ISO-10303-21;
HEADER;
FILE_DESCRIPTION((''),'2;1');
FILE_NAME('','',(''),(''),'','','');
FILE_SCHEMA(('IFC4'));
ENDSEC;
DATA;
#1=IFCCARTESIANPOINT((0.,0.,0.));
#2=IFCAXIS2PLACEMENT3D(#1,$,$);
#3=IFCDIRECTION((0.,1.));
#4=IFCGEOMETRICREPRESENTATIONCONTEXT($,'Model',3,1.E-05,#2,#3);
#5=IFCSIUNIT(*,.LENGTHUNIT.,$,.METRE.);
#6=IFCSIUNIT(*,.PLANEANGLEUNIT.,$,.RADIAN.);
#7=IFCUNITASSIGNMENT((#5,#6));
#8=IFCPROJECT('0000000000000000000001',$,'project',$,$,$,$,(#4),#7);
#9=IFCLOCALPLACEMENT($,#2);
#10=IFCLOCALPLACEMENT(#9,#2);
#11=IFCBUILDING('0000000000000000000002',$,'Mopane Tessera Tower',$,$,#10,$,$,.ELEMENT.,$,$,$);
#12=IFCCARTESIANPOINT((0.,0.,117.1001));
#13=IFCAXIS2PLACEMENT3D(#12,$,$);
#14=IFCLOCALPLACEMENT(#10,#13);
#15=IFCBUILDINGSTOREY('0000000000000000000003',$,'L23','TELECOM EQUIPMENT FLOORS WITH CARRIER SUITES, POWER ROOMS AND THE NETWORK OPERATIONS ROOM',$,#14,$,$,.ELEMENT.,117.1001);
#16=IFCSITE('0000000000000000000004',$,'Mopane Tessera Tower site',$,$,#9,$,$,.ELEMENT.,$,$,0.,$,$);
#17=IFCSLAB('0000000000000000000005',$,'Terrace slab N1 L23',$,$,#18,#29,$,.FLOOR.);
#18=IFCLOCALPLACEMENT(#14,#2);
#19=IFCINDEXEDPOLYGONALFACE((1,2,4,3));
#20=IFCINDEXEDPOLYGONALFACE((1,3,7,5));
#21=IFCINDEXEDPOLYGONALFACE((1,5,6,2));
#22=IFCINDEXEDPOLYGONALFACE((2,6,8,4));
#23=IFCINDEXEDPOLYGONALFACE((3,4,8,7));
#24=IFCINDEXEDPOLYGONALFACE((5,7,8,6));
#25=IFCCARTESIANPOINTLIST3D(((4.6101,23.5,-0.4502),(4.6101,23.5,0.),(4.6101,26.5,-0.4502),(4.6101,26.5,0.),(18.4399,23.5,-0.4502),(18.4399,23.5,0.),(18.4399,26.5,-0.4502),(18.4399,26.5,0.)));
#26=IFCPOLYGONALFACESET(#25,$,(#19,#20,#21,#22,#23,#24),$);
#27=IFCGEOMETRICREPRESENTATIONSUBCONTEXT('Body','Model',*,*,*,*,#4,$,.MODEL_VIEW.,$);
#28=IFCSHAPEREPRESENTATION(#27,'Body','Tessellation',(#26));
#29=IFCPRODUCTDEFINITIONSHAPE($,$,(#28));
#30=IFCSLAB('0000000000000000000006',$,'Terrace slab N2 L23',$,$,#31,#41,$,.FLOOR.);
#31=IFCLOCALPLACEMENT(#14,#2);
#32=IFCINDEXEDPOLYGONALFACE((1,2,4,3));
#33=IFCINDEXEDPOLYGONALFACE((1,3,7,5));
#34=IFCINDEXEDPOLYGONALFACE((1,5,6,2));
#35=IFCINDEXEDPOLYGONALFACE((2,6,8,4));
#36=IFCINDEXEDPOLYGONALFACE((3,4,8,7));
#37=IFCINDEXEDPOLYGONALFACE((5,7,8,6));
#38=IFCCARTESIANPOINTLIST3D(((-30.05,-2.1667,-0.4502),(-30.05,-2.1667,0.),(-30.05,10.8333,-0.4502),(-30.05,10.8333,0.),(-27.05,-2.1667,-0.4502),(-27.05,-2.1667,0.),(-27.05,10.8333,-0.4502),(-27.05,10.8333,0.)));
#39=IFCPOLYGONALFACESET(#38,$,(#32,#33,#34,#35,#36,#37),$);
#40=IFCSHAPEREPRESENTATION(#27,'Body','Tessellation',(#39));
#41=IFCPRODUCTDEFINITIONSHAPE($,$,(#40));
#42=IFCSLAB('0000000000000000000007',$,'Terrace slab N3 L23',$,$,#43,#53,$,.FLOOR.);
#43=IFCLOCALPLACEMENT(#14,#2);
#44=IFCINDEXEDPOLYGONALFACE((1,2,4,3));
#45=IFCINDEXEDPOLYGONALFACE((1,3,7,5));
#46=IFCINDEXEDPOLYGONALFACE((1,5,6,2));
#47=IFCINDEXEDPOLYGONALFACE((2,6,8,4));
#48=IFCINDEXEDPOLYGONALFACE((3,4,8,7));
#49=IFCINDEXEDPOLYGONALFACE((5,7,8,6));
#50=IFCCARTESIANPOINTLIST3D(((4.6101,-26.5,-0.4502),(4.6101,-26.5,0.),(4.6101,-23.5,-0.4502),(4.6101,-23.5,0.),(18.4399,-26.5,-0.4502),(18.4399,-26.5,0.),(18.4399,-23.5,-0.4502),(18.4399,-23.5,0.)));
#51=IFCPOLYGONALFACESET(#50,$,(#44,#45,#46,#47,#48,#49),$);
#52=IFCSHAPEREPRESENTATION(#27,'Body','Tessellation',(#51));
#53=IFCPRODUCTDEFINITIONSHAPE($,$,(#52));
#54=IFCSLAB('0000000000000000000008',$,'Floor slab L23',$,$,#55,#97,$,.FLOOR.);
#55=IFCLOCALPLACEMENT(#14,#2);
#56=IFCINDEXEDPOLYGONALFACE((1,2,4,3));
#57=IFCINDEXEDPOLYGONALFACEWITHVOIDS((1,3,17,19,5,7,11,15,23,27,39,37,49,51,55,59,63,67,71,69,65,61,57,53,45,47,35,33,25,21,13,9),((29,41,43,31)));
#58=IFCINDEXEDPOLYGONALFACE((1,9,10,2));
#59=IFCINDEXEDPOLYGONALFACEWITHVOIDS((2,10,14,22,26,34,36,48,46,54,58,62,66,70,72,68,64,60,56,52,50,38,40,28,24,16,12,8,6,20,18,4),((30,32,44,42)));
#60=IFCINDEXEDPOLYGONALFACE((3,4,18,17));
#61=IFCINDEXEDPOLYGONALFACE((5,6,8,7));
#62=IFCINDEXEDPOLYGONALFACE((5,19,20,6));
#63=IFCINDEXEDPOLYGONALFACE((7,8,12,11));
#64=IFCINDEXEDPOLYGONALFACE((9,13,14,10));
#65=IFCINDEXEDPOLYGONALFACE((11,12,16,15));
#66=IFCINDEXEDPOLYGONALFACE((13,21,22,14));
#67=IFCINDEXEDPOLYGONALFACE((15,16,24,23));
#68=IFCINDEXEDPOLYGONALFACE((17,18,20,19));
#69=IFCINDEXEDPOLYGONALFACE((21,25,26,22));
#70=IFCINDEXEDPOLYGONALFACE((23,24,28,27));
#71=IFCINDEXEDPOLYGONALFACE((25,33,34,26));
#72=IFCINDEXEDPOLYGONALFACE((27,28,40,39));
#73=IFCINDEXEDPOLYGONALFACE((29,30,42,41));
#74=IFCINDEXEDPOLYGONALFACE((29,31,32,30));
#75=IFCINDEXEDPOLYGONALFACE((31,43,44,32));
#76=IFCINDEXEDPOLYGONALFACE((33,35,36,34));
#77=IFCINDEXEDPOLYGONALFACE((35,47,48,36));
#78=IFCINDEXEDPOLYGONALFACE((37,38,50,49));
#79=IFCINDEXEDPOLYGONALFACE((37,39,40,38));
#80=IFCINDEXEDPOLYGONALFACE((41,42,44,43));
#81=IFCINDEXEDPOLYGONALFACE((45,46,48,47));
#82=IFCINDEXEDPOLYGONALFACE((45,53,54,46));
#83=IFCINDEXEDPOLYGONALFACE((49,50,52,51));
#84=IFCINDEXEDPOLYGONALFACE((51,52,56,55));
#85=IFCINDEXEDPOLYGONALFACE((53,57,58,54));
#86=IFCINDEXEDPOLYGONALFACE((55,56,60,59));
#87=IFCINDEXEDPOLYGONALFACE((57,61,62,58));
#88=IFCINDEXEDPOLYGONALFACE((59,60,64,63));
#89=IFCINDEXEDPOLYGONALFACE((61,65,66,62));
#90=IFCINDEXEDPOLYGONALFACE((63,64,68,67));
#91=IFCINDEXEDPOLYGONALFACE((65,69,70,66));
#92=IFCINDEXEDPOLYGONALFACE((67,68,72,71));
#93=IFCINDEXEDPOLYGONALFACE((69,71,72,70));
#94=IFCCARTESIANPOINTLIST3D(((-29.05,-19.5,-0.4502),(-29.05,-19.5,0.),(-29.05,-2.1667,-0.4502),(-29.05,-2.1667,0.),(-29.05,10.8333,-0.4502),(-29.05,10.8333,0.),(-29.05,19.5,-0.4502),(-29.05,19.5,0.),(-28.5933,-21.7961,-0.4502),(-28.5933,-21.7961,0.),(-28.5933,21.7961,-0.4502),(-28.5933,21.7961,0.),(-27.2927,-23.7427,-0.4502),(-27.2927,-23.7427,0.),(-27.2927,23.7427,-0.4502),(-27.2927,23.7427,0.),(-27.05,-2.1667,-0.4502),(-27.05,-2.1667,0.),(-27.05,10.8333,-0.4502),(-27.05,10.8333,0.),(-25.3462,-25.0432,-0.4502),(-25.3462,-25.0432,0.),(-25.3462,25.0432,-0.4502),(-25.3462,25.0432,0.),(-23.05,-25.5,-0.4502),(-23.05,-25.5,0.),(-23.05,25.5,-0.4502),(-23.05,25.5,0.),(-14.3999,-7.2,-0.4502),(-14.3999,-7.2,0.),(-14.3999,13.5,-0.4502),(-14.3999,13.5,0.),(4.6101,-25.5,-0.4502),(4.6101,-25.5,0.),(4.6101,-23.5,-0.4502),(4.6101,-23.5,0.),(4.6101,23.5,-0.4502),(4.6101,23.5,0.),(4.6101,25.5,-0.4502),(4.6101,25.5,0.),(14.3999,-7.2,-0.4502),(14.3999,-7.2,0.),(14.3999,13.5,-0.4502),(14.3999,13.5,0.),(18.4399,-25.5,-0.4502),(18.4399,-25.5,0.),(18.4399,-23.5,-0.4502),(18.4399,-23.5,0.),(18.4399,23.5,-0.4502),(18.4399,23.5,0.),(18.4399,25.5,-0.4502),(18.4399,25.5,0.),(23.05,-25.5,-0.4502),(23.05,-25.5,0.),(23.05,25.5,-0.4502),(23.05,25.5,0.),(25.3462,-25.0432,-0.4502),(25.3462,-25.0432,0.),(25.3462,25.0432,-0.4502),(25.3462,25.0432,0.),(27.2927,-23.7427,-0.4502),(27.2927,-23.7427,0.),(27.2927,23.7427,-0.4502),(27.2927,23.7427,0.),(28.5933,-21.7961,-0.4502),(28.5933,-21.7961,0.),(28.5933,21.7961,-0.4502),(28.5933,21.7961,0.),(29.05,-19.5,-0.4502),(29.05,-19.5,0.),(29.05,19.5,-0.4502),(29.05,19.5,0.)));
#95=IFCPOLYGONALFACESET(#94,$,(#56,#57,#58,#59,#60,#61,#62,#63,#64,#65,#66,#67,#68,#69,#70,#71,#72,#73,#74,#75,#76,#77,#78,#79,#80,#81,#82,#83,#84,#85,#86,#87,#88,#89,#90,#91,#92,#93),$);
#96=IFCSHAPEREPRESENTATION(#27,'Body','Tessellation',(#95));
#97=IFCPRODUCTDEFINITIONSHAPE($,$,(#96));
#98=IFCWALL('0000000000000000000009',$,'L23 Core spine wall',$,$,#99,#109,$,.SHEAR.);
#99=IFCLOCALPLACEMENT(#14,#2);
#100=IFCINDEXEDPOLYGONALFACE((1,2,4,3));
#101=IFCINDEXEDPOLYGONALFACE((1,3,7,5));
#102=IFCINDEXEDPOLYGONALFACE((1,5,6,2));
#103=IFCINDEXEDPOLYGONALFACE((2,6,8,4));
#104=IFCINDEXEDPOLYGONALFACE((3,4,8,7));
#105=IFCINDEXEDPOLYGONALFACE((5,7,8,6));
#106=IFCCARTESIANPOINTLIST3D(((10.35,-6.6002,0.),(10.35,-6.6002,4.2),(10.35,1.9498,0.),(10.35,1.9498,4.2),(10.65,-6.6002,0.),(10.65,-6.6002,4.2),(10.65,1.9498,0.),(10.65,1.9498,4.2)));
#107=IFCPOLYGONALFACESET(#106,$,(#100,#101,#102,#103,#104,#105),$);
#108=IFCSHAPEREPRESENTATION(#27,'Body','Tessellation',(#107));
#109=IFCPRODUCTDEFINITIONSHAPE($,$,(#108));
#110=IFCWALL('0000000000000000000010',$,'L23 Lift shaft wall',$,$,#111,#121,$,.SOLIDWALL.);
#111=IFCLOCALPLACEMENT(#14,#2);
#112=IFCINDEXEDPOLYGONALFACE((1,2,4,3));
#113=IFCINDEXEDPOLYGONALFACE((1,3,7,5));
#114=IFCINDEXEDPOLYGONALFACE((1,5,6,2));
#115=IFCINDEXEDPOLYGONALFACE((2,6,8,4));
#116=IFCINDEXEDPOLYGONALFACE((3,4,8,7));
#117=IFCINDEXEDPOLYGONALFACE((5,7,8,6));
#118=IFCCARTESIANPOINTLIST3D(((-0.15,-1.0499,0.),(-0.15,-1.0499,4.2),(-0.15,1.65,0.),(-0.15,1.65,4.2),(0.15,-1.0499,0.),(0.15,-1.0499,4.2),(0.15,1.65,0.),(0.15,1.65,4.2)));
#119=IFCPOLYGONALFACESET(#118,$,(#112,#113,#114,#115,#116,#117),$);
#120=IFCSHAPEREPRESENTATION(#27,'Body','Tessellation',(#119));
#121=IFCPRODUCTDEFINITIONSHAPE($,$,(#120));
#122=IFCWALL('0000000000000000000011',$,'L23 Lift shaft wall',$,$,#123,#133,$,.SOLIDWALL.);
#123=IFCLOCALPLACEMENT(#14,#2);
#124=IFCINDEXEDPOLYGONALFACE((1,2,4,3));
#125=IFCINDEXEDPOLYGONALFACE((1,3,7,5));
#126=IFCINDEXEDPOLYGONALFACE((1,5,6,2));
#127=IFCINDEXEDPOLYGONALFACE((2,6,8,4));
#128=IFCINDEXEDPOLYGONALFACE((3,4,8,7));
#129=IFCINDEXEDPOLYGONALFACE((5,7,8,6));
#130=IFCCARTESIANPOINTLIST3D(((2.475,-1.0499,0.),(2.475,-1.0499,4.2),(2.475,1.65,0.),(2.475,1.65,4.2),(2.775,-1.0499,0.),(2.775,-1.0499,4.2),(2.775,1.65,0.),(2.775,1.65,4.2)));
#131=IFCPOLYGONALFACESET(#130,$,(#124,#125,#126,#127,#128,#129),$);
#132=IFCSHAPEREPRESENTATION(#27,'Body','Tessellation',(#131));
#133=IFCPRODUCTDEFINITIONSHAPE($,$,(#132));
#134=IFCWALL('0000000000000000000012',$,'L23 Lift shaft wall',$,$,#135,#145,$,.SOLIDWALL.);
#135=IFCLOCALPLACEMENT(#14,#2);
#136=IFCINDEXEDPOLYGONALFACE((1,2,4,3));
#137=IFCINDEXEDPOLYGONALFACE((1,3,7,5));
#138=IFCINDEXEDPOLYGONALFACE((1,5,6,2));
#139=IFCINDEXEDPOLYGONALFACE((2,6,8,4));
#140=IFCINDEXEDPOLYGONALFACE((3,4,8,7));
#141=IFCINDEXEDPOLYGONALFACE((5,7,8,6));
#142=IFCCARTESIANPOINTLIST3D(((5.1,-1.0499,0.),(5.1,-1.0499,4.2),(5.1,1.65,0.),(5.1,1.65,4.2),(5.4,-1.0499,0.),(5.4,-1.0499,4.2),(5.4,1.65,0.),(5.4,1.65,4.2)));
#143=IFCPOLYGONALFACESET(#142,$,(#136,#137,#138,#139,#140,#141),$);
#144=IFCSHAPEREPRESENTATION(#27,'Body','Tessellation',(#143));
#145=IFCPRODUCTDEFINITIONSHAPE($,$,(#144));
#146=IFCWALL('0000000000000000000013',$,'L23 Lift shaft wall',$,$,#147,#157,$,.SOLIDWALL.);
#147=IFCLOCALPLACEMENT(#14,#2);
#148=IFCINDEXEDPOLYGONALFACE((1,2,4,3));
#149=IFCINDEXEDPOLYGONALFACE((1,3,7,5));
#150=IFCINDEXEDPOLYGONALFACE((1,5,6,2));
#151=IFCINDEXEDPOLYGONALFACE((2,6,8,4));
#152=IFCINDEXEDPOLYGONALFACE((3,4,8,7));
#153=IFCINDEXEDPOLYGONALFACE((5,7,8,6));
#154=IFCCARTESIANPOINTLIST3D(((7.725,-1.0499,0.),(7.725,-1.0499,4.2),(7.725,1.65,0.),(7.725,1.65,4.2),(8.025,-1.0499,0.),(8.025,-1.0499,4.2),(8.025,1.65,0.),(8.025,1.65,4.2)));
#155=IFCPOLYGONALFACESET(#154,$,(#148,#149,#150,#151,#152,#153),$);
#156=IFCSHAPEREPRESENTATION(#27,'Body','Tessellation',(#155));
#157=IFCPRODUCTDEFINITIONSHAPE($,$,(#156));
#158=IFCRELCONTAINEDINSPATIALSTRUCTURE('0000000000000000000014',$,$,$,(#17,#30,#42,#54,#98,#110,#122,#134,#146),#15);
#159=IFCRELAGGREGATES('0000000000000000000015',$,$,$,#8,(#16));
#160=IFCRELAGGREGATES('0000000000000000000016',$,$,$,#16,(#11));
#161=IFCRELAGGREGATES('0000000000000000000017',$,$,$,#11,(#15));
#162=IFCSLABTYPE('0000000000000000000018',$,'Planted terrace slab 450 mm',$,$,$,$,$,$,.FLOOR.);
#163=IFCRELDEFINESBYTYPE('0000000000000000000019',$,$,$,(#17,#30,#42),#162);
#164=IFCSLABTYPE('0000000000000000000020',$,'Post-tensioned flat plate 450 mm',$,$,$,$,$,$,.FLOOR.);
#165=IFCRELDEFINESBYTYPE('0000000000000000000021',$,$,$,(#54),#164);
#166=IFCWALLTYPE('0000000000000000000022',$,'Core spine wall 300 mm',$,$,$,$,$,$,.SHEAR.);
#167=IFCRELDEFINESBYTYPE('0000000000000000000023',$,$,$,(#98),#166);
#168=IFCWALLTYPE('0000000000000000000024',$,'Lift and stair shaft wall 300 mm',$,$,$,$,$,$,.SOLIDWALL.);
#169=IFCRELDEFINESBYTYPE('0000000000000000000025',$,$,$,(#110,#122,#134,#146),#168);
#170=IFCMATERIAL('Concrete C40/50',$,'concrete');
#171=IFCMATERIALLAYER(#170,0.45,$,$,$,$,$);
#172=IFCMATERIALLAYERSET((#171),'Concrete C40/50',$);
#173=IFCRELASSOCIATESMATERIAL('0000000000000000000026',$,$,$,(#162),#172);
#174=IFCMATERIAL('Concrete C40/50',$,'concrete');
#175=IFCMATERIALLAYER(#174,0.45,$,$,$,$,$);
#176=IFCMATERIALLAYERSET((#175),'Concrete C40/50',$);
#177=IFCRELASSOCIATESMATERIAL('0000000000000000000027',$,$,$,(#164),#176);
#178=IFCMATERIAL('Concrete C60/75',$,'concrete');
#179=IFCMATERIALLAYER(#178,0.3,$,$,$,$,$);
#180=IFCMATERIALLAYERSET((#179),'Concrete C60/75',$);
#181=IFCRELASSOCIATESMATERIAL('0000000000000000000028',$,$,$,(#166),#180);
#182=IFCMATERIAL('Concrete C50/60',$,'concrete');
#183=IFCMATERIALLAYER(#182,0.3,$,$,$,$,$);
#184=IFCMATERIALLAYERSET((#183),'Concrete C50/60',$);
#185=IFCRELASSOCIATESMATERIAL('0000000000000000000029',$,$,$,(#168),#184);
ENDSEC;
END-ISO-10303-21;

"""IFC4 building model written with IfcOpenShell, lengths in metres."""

from ifc_helpers import new_model, si_unit, direction, frame, frame_2d, origin, place, context, subcontext, project, spatial, polyline, rectangle, outline, extrude, material, layer, layer_set, type_object, element, save


model = new_model("IFC4")

# Units and contexts
model_context = context("Model", 3, precision=1e-05, world=origin(), true_north=direction((0.0, 1.0)))
body_context = subcontext(model_context, "Body", "Model", "MODEL_VIEW")
ifc_project = project(units=[si_unit("LENGTHUNIT", "METRE"), si_unit("PLANEANGLEUNIT", "RADIAN")], contexts=[model_context])

# Site, building, storey
site_placement = place(None, origin())
site = spatial("IfcSite", under=ifc_project, at=site_placement, Name="Mopane Tessera Tower site", CompositionType="ELEMENT", RefElevation=0.0)
building_placement = place(site_placement, origin())
building = spatial("IfcBuilding", under=site, at=building_placement, Name="Mopane Tessera Tower", CompositionType="ELEMENT")
storey_placement = place(building_placement, frame((0.0, 0.0, 117.1001)))
storey = spatial("IfcBuildingStorey", under=building, at=storey_placement, Name="L23", Description="TELECOM EQUIPMENT FLOORS WITH CARRIER SUITES, POWER ROOMS AND THE NETWORK OPERATIONS ROOM", CompositionType="ELEMENT", Elevation=117.1001)

# Slabs
ifc_material_1 = material(Name="Concrete C40/50", Category="concrete")
ifc_layer_1 = layer(ifc_material_1, 0.45)
ifc_layer_set_1 = layer_set([ifc_layer_1], Name="Concrete C40/50")
slab_type_1 = type_object("IfcSlabType", Name="Planted terrace slab 450 mm", PredefinedType="FLOOR", material=ifc_layer_set_1)
slab_1_placement = place(storey_placement, frame((0.0, 0.0, -0.4502)))
element("IfcSlab", 1, at=slab_1_placement, inside=storey, type_object=slab_type_1, Name="Terrace slab N1 L23", PredefinedType="FLOOR", context=body_context, shape_type="SweptSolid", body=[
    extrude(outline(polyline([(4.6101, 26.5), (4.6101, 23.5), (18.4399, 23.5), (18.4399, 26.5), (4.6101, 26.5)])), origin(), (0.0, 0.0, 1.0), 0.4502),
])
slab_2_placement = place(storey_placement, frame((0.0, 0.0, -0.4502)))
element("IfcSlab", 2, at=slab_2_placement, inside=storey, type_object=slab_type_1, Name="Terrace slab N2 L23", PredefinedType="FLOOR", context=body_context, shape_type="SweptSolid", body=[
    extrude(outline(polyline([(-30.05, -2.1667), (-27.05, -2.1667), (-27.05, 10.8333), (-30.05, 10.8333), (-30.05, -2.1667)])), origin(), (0.0, 0.0, 1.0), 0.4502),
])
slab_3_placement = place(storey_placement, frame((0.0, 0.0, -0.4502)))
element("IfcSlab", 3, at=slab_3_placement, inside=storey, type_object=slab_type_1, Name="Terrace slab N3 L23", PredefinedType="FLOOR", context=body_context, shape_type="SweptSolid", body=[
    extrude(outline(polyline([(18.4399, -26.5), (18.4399, -23.5), (4.6101, -23.5), (4.6101, -26.5), (18.4399, -26.5)])), origin(), (0.0, 0.0, 1.0), 0.4502),
])
ifc_material_2 = material(Name="Concrete C40/50", Category="concrete")
ifc_layer_2 = layer(ifc_material_2, 0.45)
ifc_layer_set_2 = layer_set([ifc_layer_2], Name="Concrete C40/50")
slab_type_2 = type_object("IfcSlabType", Name="Post-tensioned flat plate 450 mm", PredefinedType="FLOOR", material=ifc_layer_set_2)
slab_4_placement = place(storey_placement, frame((0.0, 0.0, -0.4502)))
element("IfcSlab", 4, at=slab_4_placement, inside=storey, type_object=slab_type_2, Name="Floor slab L23", PredefinedType="FLOOR", context=body_context, shape_type="SweptSolid", body=[
    extrude(outline(polyline([(-23.05, -25.5), (4.6101, -25.5), (4.6101, -23.5), (18.4399, -23.5), (18.4399, -25.5), (23.05, -25.5), (25.3462, -25.0432), (27.2927, -23.7427), (28.5933, -21.7961), (29.05, -19.5), (29.05, 19.5), (28.5933, 21.7961), (27.2927, 23.7427), (25.3462, 25.0432), (23.05, 25.5), (18.4399, 25.5), (18.4399, 23.5), (4.6101, 23.5), (4.6101, 25.5), (-23.05, 25.5), (-25.3462, 25.0432), (-27.2927, 23.7427), (-28.5933, 21.7961), (-29.05, 19.5), (-29.05, 10.8333), (-27.05, 10.8333), (-27.05, -2.1667), (-29.05, -2.1667), (-29.05, -19.5), (-28.5933, -21.7961), (-27.2927, -23.7427), (-25.3462, -25.0432), (-23.05, -25.5)]), holes=[polyline([(14.3999, -7.2), (-14.3999, -7.2), (-14.3999, 13.5), (14.3999, 13.5), (14.3999, -7.2)])]), origin(), (0.0, 0.0, 1.0), 0.4502),
])

# Walls
ifc_material_3 = material(Name="Concrete C60/75", Category="concrete")
ifc_layer_3 = layer(ifc_material_3, 0.3)
ifc_layer_set_3 = layer_set([ifc_layer_3], Name="Concrete C60/75")
wall_type_1 = type_object("IfcWallType", Name="Core spine wall 300 mm", PredefinedType="SHEAR", material=ifc_layer_set_3)
wall_1_placement = place(storey_placement, frame((10.5, -6.6001, 0.0), z_axis=(0.0, 0.0, 1.0), x_axis=(0.0, 1.0, 0.0)))
element("IfcWall", 5, at=wall_1_placement, inside=storey, type_object=wall_type_1, Name="L23 Core spine wall", PredefinedType="SHEAR", context=body_context, shape_type="SweptSolid", body=[
    extrude(rectangle(XDim=8.55, YDim=0.3, at=frame_2d((4.2749, 0.0))), origin(), (0.0, 0.0, 1.0), 4.2),
])
ifc_material_4 = material(Name="Concrete C50/60", Category="concrete")
ifc_layer_4 = layer(ifc_material_4, 0.3)
ifc_layer_set_4 = layer_set([ifc_layer_4], Name="Concrete C50/60")
wall_type_2 = type_object("IfcWallType", Name="Lift and stair shaft wall 300 mm", PredefinedType="SOLIDWALL", material=ifc_layer_set_4)
for number, where, z_axis, x_axis, name in (
    (6, (0.0, -1.05, 0.0), (0.0, 0.0, 1.0), (0.0, 1.0, 0.0), "L23 Lift shaft wall"),
    (7, (2.625, -1.05, 0.0), (0.0, 0.0, 1.0), (0.0, 1.0, 0.0), "L23 Lift shaft wall"),
    (8, (5.25, -1.05, 0.0), (0.0, 0.0, 1.0), (0.0, 1.0, 0.0), "L23 Lift shaft wall"),
    (9, (7.875, -1.05, 0.0), (0.0, 0.0, 1.0), (0.0, 1.0, 0.0), "L23 Lift shaft wall"),
):
    element("IfcWall", number, at=place(storey_placement, frame(where, z_axis=z_axis, x_axis=x_axis)), inside=storey, type_object=wall_type_2, Name=name, PredefinedType="SOLIDWALL", context=body_context, shape_type="SweptSolid", body=[
        extrude(rectangle(XDim=2.7, YDim=0.3, at=frame_2d((1.3501, 0.0))), origin(), (0.0, 0.0, 1.0), 4.2),
    ])

save(model, "model.ifc")
